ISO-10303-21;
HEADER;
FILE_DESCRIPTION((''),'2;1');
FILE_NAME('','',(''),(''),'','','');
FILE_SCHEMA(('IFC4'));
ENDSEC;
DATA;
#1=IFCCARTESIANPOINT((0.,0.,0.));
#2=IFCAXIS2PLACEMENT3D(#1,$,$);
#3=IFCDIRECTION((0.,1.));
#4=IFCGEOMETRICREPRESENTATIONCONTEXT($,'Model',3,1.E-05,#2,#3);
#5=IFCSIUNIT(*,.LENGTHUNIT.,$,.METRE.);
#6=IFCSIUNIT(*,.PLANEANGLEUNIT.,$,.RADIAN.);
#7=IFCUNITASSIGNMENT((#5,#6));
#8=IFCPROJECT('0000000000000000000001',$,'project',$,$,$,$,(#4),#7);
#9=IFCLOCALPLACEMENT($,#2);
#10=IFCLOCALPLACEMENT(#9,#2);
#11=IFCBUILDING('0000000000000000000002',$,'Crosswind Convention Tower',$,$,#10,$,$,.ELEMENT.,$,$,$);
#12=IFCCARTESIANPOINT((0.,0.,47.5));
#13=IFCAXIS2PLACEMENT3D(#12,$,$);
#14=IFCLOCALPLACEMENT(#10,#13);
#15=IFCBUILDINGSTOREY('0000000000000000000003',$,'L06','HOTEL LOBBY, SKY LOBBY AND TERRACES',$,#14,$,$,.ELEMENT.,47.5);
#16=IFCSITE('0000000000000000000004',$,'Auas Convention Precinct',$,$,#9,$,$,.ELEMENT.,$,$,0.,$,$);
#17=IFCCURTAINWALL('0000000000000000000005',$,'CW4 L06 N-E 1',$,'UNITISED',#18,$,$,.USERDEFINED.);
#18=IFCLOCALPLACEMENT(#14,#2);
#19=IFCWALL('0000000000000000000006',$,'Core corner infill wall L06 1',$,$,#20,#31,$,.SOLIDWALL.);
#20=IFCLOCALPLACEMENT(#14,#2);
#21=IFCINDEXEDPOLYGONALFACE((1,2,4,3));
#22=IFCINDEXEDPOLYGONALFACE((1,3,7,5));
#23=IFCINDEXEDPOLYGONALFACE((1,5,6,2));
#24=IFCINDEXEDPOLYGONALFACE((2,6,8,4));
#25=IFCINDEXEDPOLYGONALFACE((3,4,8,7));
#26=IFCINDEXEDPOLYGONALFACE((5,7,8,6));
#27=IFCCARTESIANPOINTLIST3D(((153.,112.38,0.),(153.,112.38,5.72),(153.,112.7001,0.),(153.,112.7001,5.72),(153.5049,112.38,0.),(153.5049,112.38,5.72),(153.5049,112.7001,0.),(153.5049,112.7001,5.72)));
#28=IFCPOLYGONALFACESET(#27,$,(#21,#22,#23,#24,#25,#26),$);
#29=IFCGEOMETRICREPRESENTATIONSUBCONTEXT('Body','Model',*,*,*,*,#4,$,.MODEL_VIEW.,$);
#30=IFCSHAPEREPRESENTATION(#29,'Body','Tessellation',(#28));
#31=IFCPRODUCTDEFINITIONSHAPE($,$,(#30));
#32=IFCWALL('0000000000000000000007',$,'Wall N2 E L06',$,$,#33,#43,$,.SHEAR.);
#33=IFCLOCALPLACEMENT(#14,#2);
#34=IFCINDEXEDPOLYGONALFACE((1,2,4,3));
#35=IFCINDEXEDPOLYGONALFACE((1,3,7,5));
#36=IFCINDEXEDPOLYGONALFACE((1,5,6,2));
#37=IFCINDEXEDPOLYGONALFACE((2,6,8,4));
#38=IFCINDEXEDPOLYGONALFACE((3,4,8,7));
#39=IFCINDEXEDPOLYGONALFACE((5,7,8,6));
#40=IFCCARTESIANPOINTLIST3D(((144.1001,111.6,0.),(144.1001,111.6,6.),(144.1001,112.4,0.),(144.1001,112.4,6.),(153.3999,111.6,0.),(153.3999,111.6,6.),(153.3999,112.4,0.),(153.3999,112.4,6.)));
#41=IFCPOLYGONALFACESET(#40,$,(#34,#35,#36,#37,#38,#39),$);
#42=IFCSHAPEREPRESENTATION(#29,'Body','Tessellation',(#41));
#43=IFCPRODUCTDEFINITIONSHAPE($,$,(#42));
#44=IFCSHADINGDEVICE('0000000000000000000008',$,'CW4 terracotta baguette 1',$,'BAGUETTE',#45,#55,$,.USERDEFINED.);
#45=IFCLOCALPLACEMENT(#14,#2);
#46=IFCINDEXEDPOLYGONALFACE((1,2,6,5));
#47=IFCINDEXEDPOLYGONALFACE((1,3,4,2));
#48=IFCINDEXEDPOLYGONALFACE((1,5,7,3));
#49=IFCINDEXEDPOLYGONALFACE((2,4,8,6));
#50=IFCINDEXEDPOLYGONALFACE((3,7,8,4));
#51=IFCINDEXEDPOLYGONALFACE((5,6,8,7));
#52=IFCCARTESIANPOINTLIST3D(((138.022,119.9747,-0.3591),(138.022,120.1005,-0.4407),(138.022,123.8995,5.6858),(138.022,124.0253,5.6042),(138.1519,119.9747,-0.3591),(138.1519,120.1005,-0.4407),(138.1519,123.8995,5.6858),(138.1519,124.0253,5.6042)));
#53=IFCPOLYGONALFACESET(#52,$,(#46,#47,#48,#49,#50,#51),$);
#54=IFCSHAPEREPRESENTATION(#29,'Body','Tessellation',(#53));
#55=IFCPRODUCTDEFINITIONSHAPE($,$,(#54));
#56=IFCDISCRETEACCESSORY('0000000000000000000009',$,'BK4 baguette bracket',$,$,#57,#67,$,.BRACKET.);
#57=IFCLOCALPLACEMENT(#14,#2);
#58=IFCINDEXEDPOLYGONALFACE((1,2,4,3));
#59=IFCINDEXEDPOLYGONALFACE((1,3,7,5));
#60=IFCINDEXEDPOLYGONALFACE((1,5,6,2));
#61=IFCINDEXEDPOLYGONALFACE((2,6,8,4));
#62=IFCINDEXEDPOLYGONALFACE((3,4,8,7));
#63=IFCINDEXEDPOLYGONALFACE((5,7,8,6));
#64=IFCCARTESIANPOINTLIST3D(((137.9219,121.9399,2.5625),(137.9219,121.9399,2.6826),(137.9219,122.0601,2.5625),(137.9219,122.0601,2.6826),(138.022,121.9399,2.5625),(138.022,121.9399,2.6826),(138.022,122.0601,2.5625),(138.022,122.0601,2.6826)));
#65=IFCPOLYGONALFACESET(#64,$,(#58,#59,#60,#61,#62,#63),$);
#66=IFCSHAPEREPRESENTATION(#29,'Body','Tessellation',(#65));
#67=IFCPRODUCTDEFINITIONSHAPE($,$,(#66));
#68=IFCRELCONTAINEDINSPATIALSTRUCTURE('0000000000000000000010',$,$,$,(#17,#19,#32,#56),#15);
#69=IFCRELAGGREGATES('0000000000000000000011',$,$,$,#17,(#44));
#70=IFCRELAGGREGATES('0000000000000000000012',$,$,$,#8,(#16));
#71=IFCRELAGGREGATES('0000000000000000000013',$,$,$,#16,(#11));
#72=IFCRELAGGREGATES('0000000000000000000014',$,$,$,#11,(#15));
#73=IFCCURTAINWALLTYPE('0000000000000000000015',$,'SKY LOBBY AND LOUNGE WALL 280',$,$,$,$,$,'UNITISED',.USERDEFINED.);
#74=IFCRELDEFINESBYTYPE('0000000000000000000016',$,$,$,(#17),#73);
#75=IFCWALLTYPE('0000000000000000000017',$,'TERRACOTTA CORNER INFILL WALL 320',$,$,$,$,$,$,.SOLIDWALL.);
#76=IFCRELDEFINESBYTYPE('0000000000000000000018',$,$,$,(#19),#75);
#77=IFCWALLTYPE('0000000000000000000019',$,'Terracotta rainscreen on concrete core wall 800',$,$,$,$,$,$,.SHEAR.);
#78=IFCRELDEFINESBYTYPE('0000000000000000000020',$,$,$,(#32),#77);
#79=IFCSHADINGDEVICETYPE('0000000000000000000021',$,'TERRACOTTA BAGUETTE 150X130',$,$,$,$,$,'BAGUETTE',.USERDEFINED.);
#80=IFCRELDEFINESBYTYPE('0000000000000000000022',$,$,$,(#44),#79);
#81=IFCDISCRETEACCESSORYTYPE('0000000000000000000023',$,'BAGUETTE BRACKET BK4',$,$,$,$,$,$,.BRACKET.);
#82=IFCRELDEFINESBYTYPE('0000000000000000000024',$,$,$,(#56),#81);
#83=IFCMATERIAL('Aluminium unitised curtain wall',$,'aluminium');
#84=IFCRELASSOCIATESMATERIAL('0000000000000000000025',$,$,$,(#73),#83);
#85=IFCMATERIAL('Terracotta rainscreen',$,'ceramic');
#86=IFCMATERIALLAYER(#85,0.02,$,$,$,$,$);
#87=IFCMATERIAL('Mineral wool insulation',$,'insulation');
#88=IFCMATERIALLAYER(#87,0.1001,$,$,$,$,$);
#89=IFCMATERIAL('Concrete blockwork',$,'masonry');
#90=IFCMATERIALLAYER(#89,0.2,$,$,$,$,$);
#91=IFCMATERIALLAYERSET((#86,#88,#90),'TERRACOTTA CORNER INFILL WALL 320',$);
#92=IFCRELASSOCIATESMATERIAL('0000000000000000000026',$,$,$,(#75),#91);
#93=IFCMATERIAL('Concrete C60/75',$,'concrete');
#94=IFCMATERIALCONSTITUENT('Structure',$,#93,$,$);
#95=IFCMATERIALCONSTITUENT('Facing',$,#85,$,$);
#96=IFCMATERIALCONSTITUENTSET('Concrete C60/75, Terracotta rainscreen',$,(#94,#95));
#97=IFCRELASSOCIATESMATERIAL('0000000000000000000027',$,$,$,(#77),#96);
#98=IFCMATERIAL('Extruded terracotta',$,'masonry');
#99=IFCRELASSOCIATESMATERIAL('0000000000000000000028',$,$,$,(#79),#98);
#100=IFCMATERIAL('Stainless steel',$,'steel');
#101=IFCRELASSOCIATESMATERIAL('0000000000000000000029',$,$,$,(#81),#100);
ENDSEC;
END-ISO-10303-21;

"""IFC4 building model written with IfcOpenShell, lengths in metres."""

from ifc_helpers import new_model, si_unit, direction, frame, frame_2d, origin, origin_2d, place, context, subcontext, project, spatial, rectangle, extrude, material, layer, layer_set, constituent, constituent_set, material_profile, profile_set, type_object, element, aggregate, save


model = new_model("IFC4")

# Units and contexts
model_context = context("Model", 3, precision=1e-05, world=origin(), true_north=direction((0.0, 1.0)))
body_context = subcontext(model_context, "Body", "Model", "MODEL_VIEW")
ifc_project = project(units=[si_unit("LENGTHUNIT", "METRE"), si_unit("PLANEANGLEUNIT", "RADIAN")], contexts=[model_context])

# Site, building, storey
site_placement = place(None, origin())
site = spatial("IfcSite", under=ifc_project, at=site_placement, Name="Auas Convention Precinct", CompositionType="ELEMENT", RefElevation=0.0)
building_placement = place(site_placement, origin())
building = spatial("IfcBuilding", under=site, at=building_placement, Name="Crosswind Convention Tower", CompositionType="ELEMENT")
storey_placement = place(building_placement, frame((0.0, 0.0, 47.5)))
storey = spatial("IfcBuildingStorey", under=building, at=storey_placement, Name="L06", Description="HOTEL LOBBY, SKY LOBBY AND TERRACES", CompositionType="ELEMENT", Elevation=47.5)

# Shared definitions
ifc_material_1 = material(Name="Concrete C60/75", Category="concrete")

# Shared definitions
ifc_material_2 = material(Name="Aluminium unitised curtain wall", Category="aluminium")

# Curtain wall
curtain_wall_type_1 = type_object("IfcCurtainWallType", Name="SKY LOBBY AND LOUNGE WALL 280", ElementType="UNITISED", PredefinedType="USERDEFINED", material=ifc_material_2)
curtain_wall_1_placement = place(storey_placement, origin())
curtain_wall_1 = element("IfcCurtainWall", 1, at=curtain_wall_1_placement, inside=storey, type_object=curtain_wall_type_1, Name="CW4 L06 N-E 1", ObjectType="UNITISED", PredefinedType="USERDEFINED")

# Walls
ifc_material_3 = material(Name="Terracotta rainscreen", Category="ceramic")
ifc_layer_1 = layer(ifc_material_3, 0.02)
ifc_material_4 = material(Name="Mineral wool insulation", Category="insulation")
ifc_layer_2 = layer(ifc_material_4, 0.1001)
ifc_material_5 = material(Name="Concrete blockwork", Category="masonry")
ifc_layer_3 = layer(ifc_material_5, 0.2)
ifc_layer_set_1 = layer_set([ifc_layer_1, ifc_layer_2, ifc_layer_3], Name="TERRACOTTA CORNER INFILL WALL 320")
wall_type_1 = type_object("IfcWallType", Name="TERRACOTTA CORNER INFILL WALL 320", PredefinedType="SOLIDWALL", material=ifc_layer_set_1)
wall_1_placement = place(storey_placement, frame((153.0, 112.54, 0.0), z_axis=(0.0, 0.0, 1.0), x_axis=(1.0, 0.0, 0.0)))
element("IfcWall", 2, at=wall_1_placement, inside=storey, type_object=wall_type_1, Name="Core corner infill wall L06 1", PredefinedType="SOLIDWALL", context=body_context, shape_type="SweptSolid", body=[
    extrude(rectangle(XDim=0.5049, YDim=0.3201, at=frame_2d((0.2524, 0.0))), origin(), (0.0, 0.0, 1.0), 5.72),
])
ifc_constituent_1 = constituent(ifc_material_1, Name="Structure")
ifc_constituent_2 = constituent(ifc_material_3, Name="Facing")
ifc_constituent_set = constituent_set(constituents=[ifc_constituent_1, ifc_constituent_2], Name="Concrete C60/75, Terracotta rainscreen")
wall_type_2 = type_object("IfcWallType", Name="Terracotta rainscreen on concrete core wall 800", PredefinedType="SHEAR", material=ifc_constituent_set)
wall_2_placement = place(storey_placement, frame((144.1001, 112.0, 0.0), z_axis=(0.0, 0.0, 1.0), x_axis=(1.0, 0.0, 0.0)))
element("IfcWall", 3, at=wall_2_placement, inside=storey, type_object=wall_type_2, Name="Wall N2 E L06", PredefinedType="SHEAR", context=body_context, shape_type="SweptSolid", body=[
    extrude(rectangle(XDim=9.2998, YDim=0.8, at=frame_2d((4.6499, 0.0))), origin(), (0.0, 0.0, 1.0), 6.0),
])

# Shading device
ifc_material_6 = material(Name="Extruded terracotta", Category="masonry")
ifc_material_profile_1 = material_profile(ifc_material_6, rectangle(XDim=0.1299, YDim=0.1499, at=origin_2d()), Name="TC 130X150")
ifc_profile_set_1 = profile_set([ifc_material_profile_1], Name="Extruded terracotta")
shading_device_type = type_object("IfcShadingDeviceType", Name="TERRACOTTA BAGUETTE 150X130", ElementType="BAGUETTE", PredefinedType="USERDEFINED", material=ifc_profile_set_1)
shading_device_placement = place(storey_placement, frame((138.0869, 120.0376, -0.3999), z_axis=(0.0, 0.54456, 0.838722), x_axis=(-1.0, 0.0, 0.0)))
shading_device = element("IfcShadingDevice", 4, at=shading_device_placement, type_object=shading_device_type, Name="CW4 terracotta baguette 1", ObjectType="BAGUETTE", PredefinedType="USERDEFINED", context=body_context, shape_type="SweptSolid", body=[
    extrude(rectangle(XDim=0.1299, YDim=0.1499, at=origin_2d()), origin(), (0.0, 0.0, 1.0), 7.2073),
])
aggregate(curtain_wall_1, [shading_device])

# Discrete accessory
ifc_material_7 = material(Name="Stainless steel", Category="steel")
discrete_accessory_type = type_object("IfcDiscreteAccessoryType", Name="BAGUETTE BRACKET BK4", PredefinedType="BRACKET", material=ifc_material_7)
discrete_accessory_placement = place(storey_placement, frame((137.9719, 122.0, 2.5625), z_axis=(0.0, 0.0, 1.0), x_axis=(0.0, 1.0, 0.0)))
element("IfcDiscreteAccessory", 5, at=discrete_accessory_placement, inside=storey, type_object=discrete_accessory_type, Name="BK4 baguette bracket", PredefinedType="BRACKET", context=body_context, shape_type="SweptSolid", body=[
    extrude(rectangle(XDim=0.1201, YDim=0.1001, at=origin_2d()), origin(), (0.0, 0.0, 1.0), 0.1201),
])

save(model, "model.ifc")
